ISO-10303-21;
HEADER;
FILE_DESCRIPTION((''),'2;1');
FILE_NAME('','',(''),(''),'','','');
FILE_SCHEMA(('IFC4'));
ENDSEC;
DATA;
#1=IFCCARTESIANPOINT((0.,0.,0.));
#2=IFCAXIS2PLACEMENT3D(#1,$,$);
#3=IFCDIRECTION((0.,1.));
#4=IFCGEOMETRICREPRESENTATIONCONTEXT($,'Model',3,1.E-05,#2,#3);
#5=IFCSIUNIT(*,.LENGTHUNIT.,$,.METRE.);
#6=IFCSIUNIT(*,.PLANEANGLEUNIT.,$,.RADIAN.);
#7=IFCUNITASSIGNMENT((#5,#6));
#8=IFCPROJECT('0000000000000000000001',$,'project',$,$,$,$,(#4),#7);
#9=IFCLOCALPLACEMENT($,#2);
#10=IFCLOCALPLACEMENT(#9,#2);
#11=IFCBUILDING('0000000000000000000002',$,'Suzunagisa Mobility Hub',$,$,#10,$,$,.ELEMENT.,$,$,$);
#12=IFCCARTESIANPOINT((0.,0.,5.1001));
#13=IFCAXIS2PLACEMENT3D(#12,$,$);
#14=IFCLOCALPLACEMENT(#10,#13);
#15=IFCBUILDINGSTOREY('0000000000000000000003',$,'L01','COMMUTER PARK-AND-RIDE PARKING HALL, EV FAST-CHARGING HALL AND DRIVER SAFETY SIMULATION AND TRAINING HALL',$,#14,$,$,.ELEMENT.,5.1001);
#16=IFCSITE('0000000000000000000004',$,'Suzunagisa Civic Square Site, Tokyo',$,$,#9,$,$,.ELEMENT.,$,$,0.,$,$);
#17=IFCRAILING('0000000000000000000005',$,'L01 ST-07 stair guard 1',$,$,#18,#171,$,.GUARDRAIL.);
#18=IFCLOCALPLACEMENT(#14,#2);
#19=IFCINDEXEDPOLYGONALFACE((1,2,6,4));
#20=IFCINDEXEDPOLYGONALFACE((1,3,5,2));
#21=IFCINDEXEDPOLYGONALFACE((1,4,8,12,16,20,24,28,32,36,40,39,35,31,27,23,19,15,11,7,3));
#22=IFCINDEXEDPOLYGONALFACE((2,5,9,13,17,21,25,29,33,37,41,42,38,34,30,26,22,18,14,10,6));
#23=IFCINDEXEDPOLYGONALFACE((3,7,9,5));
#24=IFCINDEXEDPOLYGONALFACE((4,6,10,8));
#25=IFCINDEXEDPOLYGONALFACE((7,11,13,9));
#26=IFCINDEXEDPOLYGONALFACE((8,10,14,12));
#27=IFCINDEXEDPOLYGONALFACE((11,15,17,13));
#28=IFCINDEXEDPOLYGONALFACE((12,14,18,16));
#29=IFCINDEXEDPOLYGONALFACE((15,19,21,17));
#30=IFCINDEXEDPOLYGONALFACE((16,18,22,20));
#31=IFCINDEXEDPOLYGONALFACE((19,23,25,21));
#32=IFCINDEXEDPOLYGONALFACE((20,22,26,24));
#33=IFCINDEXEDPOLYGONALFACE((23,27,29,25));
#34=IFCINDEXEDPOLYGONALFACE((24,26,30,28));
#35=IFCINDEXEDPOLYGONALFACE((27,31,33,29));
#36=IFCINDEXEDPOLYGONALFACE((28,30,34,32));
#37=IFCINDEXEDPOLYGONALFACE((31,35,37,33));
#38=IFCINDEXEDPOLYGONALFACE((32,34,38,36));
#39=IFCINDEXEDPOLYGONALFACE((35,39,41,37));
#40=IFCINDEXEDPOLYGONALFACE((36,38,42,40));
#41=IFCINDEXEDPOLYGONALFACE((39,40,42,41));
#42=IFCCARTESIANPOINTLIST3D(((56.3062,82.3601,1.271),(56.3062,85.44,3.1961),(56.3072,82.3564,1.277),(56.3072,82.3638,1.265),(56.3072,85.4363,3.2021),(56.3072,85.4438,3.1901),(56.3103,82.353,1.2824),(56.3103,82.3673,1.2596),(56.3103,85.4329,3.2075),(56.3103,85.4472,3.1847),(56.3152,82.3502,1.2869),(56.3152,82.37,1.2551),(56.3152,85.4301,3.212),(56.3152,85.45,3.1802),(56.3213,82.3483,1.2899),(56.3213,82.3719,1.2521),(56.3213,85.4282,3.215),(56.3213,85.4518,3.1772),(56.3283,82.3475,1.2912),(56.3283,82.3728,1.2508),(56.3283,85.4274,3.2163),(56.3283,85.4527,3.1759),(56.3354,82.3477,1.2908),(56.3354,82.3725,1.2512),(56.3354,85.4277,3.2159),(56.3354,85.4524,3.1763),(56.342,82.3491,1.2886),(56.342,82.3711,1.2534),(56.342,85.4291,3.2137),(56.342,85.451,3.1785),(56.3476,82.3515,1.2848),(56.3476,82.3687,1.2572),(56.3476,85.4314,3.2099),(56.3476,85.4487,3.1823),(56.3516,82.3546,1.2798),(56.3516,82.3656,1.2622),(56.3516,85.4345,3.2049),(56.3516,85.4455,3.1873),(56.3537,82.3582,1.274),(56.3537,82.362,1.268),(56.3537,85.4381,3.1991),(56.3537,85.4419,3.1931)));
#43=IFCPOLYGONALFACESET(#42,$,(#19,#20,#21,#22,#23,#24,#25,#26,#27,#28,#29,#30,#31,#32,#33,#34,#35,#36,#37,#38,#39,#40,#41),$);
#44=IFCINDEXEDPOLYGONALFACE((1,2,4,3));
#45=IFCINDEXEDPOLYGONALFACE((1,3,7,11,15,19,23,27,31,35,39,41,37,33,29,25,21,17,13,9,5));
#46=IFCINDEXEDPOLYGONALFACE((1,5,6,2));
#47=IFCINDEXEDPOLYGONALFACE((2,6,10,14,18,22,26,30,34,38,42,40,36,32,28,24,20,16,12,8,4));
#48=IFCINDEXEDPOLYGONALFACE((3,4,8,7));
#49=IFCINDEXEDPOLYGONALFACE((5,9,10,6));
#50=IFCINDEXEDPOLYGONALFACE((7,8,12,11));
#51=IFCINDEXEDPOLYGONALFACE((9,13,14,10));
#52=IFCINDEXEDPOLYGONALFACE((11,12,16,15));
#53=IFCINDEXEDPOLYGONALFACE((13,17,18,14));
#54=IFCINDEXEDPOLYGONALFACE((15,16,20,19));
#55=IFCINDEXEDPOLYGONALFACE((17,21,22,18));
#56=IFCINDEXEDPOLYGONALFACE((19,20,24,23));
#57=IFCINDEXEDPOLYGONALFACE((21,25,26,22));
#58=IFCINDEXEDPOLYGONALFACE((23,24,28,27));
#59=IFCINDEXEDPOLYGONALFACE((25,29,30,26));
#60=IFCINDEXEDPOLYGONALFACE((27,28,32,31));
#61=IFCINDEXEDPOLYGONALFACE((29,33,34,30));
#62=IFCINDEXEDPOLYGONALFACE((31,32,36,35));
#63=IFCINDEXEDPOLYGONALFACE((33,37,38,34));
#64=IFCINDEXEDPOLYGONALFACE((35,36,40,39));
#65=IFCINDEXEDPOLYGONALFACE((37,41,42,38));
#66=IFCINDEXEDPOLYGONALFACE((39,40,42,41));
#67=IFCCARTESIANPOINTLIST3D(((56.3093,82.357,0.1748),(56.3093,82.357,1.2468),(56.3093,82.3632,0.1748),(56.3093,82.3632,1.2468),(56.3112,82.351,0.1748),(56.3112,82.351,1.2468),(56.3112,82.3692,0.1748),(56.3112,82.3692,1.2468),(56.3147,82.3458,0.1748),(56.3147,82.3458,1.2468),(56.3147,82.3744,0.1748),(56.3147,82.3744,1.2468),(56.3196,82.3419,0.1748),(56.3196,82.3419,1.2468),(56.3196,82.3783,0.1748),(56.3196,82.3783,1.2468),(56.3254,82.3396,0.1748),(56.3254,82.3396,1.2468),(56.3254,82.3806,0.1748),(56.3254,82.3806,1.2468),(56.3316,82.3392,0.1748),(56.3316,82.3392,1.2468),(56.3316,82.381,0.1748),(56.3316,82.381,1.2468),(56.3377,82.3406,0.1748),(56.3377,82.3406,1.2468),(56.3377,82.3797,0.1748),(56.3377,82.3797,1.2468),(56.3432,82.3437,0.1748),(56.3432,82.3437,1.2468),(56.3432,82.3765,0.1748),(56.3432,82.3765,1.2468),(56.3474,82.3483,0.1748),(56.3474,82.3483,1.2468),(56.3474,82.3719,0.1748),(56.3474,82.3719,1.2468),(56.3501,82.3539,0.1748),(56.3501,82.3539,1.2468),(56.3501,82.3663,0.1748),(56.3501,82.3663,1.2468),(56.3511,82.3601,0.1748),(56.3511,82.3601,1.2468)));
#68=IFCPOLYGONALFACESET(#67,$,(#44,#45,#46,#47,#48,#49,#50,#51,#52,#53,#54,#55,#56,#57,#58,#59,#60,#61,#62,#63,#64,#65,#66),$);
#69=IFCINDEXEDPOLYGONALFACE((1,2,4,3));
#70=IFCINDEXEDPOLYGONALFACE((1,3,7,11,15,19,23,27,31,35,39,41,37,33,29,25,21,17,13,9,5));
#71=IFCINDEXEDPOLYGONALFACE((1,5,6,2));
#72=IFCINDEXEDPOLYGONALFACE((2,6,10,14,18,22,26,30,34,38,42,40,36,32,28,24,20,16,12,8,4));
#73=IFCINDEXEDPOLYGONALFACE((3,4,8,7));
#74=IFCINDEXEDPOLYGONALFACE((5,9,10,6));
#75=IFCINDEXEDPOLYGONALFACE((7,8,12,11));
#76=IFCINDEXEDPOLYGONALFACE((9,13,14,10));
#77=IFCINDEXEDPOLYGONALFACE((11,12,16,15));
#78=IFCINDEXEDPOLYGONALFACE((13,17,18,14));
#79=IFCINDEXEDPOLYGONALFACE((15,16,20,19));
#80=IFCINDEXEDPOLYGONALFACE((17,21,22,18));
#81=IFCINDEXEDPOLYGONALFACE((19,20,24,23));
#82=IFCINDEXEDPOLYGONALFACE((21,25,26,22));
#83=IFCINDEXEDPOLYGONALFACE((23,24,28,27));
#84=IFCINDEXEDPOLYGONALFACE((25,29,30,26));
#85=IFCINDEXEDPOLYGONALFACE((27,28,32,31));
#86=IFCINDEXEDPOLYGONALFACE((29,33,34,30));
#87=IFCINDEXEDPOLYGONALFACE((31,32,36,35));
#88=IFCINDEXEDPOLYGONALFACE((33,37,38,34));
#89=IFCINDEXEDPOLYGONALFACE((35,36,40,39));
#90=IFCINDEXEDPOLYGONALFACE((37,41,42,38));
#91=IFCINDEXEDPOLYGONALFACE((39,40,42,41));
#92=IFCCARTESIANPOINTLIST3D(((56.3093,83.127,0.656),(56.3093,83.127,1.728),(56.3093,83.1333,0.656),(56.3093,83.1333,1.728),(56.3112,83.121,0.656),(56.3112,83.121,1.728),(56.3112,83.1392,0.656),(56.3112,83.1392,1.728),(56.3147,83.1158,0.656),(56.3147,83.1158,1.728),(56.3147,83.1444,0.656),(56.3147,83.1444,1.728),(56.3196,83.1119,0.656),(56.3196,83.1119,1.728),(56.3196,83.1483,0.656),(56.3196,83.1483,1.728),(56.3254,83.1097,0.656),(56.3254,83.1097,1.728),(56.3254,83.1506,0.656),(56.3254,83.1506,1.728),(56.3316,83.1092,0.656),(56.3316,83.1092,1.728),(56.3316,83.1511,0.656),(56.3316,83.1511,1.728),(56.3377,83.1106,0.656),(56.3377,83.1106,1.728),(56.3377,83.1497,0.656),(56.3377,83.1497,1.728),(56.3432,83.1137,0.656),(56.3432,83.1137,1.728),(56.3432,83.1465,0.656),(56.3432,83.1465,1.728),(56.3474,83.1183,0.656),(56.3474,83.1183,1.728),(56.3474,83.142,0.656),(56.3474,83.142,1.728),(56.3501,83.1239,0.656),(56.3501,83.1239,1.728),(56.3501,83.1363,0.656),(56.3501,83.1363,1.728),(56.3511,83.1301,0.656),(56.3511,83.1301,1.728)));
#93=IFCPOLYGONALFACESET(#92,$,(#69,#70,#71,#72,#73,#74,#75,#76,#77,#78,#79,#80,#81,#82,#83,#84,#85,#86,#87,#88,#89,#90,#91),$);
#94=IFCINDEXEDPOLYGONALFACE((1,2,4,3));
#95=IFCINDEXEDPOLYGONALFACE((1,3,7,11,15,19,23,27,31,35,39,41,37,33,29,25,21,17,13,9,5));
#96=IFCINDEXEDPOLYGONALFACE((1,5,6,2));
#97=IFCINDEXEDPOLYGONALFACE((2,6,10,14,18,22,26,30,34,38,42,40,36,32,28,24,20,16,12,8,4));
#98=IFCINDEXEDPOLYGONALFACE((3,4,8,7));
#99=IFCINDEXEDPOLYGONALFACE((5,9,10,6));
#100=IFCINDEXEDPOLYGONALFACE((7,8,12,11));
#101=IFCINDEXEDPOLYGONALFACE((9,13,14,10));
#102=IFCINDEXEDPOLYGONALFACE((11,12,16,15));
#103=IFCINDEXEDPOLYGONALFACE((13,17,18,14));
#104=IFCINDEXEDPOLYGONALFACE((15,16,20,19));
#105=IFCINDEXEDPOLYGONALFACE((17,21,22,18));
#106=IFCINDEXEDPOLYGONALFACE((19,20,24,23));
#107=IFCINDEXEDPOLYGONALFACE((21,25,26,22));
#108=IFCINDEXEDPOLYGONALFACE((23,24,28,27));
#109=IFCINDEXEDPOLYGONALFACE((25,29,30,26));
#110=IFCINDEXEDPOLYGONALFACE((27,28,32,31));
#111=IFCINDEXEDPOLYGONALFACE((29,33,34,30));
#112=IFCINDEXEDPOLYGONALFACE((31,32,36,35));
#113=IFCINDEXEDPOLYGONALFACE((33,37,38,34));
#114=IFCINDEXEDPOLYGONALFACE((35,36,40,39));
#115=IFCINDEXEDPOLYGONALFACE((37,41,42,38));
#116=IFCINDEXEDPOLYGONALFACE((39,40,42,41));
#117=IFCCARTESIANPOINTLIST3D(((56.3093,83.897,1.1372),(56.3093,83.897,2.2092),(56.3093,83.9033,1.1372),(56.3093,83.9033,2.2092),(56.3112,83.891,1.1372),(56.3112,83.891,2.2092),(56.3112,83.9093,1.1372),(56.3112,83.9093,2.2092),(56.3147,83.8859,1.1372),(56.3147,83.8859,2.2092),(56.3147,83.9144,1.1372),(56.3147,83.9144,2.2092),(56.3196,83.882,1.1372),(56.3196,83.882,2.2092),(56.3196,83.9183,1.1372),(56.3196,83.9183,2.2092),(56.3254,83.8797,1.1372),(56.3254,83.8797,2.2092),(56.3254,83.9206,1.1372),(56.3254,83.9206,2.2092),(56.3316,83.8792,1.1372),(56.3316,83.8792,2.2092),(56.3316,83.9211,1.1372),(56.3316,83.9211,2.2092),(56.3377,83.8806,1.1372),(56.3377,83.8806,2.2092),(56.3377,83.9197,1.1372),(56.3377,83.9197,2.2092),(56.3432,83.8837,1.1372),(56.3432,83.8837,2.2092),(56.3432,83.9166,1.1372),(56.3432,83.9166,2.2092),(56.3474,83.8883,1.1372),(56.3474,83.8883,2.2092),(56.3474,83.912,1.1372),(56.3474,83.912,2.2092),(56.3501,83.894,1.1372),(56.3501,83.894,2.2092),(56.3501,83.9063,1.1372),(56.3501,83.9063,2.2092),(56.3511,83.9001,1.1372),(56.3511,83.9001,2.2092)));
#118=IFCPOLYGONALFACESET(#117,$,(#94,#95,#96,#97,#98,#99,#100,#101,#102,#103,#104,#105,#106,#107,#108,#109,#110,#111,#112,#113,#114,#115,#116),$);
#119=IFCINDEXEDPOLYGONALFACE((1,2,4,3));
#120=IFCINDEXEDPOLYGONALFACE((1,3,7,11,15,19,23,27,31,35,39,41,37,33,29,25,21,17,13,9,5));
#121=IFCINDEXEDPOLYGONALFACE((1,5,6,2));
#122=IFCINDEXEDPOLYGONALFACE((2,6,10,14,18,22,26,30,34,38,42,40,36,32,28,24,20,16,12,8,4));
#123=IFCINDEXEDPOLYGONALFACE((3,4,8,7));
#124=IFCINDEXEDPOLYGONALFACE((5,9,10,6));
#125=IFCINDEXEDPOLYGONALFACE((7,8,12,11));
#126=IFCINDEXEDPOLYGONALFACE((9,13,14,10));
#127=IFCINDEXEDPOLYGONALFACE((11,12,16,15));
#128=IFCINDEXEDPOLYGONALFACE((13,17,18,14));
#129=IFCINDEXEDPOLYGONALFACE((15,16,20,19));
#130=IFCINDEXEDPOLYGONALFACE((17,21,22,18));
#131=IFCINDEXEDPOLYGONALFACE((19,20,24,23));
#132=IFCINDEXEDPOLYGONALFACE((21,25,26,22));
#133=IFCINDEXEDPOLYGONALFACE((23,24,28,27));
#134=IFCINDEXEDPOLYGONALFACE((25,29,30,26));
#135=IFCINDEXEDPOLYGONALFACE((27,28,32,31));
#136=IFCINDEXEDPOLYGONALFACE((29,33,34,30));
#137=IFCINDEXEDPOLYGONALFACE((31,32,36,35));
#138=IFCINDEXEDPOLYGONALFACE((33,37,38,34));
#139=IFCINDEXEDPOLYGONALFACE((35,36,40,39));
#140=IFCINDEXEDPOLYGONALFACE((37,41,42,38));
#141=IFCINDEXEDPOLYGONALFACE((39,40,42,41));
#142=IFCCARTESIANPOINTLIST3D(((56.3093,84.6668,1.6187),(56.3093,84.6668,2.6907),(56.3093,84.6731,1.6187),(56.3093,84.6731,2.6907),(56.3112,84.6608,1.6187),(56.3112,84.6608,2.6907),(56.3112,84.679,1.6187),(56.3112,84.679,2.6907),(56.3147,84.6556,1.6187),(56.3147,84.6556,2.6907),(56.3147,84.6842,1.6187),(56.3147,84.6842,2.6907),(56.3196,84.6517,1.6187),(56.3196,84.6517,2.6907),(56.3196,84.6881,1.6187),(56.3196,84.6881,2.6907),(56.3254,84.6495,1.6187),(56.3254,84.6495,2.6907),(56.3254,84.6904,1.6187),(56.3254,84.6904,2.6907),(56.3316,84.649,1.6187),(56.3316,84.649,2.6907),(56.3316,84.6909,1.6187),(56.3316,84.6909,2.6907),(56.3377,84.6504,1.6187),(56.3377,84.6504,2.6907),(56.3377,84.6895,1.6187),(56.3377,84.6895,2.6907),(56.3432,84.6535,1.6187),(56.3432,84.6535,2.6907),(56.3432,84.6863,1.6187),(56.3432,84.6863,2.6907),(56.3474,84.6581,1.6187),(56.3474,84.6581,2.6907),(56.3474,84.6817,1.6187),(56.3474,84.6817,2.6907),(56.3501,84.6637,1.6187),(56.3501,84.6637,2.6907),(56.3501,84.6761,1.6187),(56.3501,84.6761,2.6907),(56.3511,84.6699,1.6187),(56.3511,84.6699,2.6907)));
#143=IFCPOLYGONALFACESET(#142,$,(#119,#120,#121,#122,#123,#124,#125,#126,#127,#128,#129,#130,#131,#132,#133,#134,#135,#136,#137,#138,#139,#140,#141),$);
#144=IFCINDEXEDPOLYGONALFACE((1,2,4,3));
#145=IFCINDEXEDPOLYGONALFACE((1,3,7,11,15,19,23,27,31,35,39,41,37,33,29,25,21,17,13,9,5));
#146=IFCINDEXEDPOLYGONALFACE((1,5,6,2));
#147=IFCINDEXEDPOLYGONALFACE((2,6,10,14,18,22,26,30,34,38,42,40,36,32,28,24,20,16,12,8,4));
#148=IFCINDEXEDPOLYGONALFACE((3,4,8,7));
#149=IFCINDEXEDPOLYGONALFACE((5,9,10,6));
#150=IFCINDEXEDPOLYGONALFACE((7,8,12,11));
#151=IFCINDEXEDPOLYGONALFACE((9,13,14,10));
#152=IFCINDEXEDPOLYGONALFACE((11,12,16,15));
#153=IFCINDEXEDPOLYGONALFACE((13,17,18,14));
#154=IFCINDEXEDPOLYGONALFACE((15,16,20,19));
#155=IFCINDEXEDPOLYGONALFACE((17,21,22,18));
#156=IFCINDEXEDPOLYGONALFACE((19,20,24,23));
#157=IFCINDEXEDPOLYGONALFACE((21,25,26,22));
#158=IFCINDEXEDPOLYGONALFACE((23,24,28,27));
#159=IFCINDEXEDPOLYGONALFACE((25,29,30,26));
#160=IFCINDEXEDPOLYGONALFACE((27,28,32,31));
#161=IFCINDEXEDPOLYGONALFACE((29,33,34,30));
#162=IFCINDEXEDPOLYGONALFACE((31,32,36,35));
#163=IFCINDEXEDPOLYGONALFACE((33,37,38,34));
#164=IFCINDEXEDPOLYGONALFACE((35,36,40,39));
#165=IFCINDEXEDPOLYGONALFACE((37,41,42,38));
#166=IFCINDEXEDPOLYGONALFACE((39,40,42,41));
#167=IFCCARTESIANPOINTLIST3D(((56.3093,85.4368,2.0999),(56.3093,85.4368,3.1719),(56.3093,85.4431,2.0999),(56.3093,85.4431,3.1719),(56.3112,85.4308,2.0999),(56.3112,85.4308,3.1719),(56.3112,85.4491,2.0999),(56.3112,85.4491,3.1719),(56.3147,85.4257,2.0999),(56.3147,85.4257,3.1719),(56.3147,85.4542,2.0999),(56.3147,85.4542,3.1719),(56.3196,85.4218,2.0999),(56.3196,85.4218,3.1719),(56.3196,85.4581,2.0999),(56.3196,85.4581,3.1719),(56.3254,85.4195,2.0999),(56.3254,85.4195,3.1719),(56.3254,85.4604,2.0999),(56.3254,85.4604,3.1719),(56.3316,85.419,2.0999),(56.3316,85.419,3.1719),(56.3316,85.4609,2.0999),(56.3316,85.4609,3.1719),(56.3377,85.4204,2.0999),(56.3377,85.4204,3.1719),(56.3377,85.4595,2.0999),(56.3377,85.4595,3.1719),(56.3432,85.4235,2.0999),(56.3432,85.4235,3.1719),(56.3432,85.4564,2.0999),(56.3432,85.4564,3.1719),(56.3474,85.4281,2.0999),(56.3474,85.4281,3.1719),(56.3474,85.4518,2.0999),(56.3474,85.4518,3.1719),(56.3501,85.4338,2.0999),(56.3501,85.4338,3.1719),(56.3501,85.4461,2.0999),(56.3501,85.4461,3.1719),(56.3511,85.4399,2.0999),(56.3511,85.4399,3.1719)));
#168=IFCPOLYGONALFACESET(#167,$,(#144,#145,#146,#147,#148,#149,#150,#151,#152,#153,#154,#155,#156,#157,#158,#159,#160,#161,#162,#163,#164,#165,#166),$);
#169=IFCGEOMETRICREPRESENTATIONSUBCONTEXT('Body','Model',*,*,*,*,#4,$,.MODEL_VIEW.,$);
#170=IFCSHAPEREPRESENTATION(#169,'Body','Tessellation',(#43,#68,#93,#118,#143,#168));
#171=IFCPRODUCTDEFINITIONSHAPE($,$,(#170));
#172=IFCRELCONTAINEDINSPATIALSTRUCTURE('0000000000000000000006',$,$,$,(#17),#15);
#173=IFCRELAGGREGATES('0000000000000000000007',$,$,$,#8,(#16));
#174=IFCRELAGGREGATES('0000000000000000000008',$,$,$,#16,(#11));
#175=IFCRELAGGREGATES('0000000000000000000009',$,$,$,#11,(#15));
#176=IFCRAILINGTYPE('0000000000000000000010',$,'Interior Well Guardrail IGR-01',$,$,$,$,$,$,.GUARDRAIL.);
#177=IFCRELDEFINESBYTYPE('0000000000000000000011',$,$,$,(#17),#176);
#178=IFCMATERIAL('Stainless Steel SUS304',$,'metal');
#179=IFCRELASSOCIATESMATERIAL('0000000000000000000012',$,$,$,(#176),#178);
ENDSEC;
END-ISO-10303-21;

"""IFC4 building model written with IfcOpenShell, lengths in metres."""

from ifc_helpers import new_model, si_unit, direction, frame, origin, origin_2d, place, context, subcontext, project, spatial, circle, extrude, material, type_object, element, save


model = new_model("IFC4")

# Units and contexts
model_context = context("Model", 3, precision=1e-05, world=origin(), true_north=direction((0.0, 1.0)))
body_context = subcontext(model_context, "Body", "Model", "MODEL_VIEW")
ifc_project = project(units=[si_unit("LENGTHUNIT", "METRE"), si_unit("PLANEANGLEUNIT", "RADIAN")], contexts=[model_context])

# Site, building, storey
site_placement = place(None, origin())
site = spatial("IfcSite", under=ifc_project, at=site_placement, Name="Suzunagisa Civic Square Site, Tokyo", CompositionType="ELEMENT", RefElevation=0.0)
building_placement = place(site_placement, origin())
building = spatial("IfcBuilding", under=site, at=building_placement, Name="Suzunagisa Mobility Hub", CompositionType="ELEMENT")
storey_placement = place(building_placement, frame((0.0, 0.0, 5.1001)))
storey = spatial("IfcBuildingStorey", under=building, at=storey_placement, Name="L01", Description="COMMUTER PARK-AND-RIDE PARKING HALL, EV FAST-CHARGING HALL AND DRIVER SAFETY SIMULATION AND TRAINING HALL", CompositionType="ELEMENT", Elevation=5.1001)

# Railing
ifc_material_1 = material(Name="Stainless Steel SUS304", Category="metal")
railing_type_1 = type_object("IfcRailingType", Name="Interior Well Guardrail IGR-01", PredefinedType="GUARDRAIL", material=ifc_material_1)
railing_1_placement = place(storey_placement, frame((56.3301, 82.3601, 0.1748)))
element("IfcRailing", 1, at=railing_1_placement, inside=storey, type_object=railing_type_1, Name="L01 ST-07 stair guard 1", PredefinedType="GUARDRAIL", context=body_context, shape_type="SweptSolid", body=[
    extrude(circle(Radius=0.0239, at=origin_2d()), frame((0.0, 0.0, 1.0962), z_axis=(0.0, 0.847979, 0.530029), x_axis=(-1.0, 0.0, 0.0)), (0.0, 0.0, 1.0), 3.6321),
    extrude(circle(Radius=0.021, at=origin_2d()), origin(), (0.0, 0.0, 1.0), 1.072),
    extrude(circle(Radius=0.021, at=origin_2d()), frame((0.0, 0.77, 0.4812)), (0.0, 0.0, 1.0), 1.072),
    extrude(circle(Radius=0.021, at=origin_2d()), frame((0.0, 1.54, 0.9624)), (0.0, 0.0, 1.0), 1.072),
    extrude(circle(Radius=0.021, at=origin_2d()), frame((0.0, 2.3098, 1.4438)), (0.0, 0.0, 1.0), 1.072),
    extrude(circle(Radius=0.021, at=origin_2d()), frame((0.0, 3.0798, 1.925)), (0.0, 0.0, 1.0), 1.072),
])

save(model, "model.ifc")
